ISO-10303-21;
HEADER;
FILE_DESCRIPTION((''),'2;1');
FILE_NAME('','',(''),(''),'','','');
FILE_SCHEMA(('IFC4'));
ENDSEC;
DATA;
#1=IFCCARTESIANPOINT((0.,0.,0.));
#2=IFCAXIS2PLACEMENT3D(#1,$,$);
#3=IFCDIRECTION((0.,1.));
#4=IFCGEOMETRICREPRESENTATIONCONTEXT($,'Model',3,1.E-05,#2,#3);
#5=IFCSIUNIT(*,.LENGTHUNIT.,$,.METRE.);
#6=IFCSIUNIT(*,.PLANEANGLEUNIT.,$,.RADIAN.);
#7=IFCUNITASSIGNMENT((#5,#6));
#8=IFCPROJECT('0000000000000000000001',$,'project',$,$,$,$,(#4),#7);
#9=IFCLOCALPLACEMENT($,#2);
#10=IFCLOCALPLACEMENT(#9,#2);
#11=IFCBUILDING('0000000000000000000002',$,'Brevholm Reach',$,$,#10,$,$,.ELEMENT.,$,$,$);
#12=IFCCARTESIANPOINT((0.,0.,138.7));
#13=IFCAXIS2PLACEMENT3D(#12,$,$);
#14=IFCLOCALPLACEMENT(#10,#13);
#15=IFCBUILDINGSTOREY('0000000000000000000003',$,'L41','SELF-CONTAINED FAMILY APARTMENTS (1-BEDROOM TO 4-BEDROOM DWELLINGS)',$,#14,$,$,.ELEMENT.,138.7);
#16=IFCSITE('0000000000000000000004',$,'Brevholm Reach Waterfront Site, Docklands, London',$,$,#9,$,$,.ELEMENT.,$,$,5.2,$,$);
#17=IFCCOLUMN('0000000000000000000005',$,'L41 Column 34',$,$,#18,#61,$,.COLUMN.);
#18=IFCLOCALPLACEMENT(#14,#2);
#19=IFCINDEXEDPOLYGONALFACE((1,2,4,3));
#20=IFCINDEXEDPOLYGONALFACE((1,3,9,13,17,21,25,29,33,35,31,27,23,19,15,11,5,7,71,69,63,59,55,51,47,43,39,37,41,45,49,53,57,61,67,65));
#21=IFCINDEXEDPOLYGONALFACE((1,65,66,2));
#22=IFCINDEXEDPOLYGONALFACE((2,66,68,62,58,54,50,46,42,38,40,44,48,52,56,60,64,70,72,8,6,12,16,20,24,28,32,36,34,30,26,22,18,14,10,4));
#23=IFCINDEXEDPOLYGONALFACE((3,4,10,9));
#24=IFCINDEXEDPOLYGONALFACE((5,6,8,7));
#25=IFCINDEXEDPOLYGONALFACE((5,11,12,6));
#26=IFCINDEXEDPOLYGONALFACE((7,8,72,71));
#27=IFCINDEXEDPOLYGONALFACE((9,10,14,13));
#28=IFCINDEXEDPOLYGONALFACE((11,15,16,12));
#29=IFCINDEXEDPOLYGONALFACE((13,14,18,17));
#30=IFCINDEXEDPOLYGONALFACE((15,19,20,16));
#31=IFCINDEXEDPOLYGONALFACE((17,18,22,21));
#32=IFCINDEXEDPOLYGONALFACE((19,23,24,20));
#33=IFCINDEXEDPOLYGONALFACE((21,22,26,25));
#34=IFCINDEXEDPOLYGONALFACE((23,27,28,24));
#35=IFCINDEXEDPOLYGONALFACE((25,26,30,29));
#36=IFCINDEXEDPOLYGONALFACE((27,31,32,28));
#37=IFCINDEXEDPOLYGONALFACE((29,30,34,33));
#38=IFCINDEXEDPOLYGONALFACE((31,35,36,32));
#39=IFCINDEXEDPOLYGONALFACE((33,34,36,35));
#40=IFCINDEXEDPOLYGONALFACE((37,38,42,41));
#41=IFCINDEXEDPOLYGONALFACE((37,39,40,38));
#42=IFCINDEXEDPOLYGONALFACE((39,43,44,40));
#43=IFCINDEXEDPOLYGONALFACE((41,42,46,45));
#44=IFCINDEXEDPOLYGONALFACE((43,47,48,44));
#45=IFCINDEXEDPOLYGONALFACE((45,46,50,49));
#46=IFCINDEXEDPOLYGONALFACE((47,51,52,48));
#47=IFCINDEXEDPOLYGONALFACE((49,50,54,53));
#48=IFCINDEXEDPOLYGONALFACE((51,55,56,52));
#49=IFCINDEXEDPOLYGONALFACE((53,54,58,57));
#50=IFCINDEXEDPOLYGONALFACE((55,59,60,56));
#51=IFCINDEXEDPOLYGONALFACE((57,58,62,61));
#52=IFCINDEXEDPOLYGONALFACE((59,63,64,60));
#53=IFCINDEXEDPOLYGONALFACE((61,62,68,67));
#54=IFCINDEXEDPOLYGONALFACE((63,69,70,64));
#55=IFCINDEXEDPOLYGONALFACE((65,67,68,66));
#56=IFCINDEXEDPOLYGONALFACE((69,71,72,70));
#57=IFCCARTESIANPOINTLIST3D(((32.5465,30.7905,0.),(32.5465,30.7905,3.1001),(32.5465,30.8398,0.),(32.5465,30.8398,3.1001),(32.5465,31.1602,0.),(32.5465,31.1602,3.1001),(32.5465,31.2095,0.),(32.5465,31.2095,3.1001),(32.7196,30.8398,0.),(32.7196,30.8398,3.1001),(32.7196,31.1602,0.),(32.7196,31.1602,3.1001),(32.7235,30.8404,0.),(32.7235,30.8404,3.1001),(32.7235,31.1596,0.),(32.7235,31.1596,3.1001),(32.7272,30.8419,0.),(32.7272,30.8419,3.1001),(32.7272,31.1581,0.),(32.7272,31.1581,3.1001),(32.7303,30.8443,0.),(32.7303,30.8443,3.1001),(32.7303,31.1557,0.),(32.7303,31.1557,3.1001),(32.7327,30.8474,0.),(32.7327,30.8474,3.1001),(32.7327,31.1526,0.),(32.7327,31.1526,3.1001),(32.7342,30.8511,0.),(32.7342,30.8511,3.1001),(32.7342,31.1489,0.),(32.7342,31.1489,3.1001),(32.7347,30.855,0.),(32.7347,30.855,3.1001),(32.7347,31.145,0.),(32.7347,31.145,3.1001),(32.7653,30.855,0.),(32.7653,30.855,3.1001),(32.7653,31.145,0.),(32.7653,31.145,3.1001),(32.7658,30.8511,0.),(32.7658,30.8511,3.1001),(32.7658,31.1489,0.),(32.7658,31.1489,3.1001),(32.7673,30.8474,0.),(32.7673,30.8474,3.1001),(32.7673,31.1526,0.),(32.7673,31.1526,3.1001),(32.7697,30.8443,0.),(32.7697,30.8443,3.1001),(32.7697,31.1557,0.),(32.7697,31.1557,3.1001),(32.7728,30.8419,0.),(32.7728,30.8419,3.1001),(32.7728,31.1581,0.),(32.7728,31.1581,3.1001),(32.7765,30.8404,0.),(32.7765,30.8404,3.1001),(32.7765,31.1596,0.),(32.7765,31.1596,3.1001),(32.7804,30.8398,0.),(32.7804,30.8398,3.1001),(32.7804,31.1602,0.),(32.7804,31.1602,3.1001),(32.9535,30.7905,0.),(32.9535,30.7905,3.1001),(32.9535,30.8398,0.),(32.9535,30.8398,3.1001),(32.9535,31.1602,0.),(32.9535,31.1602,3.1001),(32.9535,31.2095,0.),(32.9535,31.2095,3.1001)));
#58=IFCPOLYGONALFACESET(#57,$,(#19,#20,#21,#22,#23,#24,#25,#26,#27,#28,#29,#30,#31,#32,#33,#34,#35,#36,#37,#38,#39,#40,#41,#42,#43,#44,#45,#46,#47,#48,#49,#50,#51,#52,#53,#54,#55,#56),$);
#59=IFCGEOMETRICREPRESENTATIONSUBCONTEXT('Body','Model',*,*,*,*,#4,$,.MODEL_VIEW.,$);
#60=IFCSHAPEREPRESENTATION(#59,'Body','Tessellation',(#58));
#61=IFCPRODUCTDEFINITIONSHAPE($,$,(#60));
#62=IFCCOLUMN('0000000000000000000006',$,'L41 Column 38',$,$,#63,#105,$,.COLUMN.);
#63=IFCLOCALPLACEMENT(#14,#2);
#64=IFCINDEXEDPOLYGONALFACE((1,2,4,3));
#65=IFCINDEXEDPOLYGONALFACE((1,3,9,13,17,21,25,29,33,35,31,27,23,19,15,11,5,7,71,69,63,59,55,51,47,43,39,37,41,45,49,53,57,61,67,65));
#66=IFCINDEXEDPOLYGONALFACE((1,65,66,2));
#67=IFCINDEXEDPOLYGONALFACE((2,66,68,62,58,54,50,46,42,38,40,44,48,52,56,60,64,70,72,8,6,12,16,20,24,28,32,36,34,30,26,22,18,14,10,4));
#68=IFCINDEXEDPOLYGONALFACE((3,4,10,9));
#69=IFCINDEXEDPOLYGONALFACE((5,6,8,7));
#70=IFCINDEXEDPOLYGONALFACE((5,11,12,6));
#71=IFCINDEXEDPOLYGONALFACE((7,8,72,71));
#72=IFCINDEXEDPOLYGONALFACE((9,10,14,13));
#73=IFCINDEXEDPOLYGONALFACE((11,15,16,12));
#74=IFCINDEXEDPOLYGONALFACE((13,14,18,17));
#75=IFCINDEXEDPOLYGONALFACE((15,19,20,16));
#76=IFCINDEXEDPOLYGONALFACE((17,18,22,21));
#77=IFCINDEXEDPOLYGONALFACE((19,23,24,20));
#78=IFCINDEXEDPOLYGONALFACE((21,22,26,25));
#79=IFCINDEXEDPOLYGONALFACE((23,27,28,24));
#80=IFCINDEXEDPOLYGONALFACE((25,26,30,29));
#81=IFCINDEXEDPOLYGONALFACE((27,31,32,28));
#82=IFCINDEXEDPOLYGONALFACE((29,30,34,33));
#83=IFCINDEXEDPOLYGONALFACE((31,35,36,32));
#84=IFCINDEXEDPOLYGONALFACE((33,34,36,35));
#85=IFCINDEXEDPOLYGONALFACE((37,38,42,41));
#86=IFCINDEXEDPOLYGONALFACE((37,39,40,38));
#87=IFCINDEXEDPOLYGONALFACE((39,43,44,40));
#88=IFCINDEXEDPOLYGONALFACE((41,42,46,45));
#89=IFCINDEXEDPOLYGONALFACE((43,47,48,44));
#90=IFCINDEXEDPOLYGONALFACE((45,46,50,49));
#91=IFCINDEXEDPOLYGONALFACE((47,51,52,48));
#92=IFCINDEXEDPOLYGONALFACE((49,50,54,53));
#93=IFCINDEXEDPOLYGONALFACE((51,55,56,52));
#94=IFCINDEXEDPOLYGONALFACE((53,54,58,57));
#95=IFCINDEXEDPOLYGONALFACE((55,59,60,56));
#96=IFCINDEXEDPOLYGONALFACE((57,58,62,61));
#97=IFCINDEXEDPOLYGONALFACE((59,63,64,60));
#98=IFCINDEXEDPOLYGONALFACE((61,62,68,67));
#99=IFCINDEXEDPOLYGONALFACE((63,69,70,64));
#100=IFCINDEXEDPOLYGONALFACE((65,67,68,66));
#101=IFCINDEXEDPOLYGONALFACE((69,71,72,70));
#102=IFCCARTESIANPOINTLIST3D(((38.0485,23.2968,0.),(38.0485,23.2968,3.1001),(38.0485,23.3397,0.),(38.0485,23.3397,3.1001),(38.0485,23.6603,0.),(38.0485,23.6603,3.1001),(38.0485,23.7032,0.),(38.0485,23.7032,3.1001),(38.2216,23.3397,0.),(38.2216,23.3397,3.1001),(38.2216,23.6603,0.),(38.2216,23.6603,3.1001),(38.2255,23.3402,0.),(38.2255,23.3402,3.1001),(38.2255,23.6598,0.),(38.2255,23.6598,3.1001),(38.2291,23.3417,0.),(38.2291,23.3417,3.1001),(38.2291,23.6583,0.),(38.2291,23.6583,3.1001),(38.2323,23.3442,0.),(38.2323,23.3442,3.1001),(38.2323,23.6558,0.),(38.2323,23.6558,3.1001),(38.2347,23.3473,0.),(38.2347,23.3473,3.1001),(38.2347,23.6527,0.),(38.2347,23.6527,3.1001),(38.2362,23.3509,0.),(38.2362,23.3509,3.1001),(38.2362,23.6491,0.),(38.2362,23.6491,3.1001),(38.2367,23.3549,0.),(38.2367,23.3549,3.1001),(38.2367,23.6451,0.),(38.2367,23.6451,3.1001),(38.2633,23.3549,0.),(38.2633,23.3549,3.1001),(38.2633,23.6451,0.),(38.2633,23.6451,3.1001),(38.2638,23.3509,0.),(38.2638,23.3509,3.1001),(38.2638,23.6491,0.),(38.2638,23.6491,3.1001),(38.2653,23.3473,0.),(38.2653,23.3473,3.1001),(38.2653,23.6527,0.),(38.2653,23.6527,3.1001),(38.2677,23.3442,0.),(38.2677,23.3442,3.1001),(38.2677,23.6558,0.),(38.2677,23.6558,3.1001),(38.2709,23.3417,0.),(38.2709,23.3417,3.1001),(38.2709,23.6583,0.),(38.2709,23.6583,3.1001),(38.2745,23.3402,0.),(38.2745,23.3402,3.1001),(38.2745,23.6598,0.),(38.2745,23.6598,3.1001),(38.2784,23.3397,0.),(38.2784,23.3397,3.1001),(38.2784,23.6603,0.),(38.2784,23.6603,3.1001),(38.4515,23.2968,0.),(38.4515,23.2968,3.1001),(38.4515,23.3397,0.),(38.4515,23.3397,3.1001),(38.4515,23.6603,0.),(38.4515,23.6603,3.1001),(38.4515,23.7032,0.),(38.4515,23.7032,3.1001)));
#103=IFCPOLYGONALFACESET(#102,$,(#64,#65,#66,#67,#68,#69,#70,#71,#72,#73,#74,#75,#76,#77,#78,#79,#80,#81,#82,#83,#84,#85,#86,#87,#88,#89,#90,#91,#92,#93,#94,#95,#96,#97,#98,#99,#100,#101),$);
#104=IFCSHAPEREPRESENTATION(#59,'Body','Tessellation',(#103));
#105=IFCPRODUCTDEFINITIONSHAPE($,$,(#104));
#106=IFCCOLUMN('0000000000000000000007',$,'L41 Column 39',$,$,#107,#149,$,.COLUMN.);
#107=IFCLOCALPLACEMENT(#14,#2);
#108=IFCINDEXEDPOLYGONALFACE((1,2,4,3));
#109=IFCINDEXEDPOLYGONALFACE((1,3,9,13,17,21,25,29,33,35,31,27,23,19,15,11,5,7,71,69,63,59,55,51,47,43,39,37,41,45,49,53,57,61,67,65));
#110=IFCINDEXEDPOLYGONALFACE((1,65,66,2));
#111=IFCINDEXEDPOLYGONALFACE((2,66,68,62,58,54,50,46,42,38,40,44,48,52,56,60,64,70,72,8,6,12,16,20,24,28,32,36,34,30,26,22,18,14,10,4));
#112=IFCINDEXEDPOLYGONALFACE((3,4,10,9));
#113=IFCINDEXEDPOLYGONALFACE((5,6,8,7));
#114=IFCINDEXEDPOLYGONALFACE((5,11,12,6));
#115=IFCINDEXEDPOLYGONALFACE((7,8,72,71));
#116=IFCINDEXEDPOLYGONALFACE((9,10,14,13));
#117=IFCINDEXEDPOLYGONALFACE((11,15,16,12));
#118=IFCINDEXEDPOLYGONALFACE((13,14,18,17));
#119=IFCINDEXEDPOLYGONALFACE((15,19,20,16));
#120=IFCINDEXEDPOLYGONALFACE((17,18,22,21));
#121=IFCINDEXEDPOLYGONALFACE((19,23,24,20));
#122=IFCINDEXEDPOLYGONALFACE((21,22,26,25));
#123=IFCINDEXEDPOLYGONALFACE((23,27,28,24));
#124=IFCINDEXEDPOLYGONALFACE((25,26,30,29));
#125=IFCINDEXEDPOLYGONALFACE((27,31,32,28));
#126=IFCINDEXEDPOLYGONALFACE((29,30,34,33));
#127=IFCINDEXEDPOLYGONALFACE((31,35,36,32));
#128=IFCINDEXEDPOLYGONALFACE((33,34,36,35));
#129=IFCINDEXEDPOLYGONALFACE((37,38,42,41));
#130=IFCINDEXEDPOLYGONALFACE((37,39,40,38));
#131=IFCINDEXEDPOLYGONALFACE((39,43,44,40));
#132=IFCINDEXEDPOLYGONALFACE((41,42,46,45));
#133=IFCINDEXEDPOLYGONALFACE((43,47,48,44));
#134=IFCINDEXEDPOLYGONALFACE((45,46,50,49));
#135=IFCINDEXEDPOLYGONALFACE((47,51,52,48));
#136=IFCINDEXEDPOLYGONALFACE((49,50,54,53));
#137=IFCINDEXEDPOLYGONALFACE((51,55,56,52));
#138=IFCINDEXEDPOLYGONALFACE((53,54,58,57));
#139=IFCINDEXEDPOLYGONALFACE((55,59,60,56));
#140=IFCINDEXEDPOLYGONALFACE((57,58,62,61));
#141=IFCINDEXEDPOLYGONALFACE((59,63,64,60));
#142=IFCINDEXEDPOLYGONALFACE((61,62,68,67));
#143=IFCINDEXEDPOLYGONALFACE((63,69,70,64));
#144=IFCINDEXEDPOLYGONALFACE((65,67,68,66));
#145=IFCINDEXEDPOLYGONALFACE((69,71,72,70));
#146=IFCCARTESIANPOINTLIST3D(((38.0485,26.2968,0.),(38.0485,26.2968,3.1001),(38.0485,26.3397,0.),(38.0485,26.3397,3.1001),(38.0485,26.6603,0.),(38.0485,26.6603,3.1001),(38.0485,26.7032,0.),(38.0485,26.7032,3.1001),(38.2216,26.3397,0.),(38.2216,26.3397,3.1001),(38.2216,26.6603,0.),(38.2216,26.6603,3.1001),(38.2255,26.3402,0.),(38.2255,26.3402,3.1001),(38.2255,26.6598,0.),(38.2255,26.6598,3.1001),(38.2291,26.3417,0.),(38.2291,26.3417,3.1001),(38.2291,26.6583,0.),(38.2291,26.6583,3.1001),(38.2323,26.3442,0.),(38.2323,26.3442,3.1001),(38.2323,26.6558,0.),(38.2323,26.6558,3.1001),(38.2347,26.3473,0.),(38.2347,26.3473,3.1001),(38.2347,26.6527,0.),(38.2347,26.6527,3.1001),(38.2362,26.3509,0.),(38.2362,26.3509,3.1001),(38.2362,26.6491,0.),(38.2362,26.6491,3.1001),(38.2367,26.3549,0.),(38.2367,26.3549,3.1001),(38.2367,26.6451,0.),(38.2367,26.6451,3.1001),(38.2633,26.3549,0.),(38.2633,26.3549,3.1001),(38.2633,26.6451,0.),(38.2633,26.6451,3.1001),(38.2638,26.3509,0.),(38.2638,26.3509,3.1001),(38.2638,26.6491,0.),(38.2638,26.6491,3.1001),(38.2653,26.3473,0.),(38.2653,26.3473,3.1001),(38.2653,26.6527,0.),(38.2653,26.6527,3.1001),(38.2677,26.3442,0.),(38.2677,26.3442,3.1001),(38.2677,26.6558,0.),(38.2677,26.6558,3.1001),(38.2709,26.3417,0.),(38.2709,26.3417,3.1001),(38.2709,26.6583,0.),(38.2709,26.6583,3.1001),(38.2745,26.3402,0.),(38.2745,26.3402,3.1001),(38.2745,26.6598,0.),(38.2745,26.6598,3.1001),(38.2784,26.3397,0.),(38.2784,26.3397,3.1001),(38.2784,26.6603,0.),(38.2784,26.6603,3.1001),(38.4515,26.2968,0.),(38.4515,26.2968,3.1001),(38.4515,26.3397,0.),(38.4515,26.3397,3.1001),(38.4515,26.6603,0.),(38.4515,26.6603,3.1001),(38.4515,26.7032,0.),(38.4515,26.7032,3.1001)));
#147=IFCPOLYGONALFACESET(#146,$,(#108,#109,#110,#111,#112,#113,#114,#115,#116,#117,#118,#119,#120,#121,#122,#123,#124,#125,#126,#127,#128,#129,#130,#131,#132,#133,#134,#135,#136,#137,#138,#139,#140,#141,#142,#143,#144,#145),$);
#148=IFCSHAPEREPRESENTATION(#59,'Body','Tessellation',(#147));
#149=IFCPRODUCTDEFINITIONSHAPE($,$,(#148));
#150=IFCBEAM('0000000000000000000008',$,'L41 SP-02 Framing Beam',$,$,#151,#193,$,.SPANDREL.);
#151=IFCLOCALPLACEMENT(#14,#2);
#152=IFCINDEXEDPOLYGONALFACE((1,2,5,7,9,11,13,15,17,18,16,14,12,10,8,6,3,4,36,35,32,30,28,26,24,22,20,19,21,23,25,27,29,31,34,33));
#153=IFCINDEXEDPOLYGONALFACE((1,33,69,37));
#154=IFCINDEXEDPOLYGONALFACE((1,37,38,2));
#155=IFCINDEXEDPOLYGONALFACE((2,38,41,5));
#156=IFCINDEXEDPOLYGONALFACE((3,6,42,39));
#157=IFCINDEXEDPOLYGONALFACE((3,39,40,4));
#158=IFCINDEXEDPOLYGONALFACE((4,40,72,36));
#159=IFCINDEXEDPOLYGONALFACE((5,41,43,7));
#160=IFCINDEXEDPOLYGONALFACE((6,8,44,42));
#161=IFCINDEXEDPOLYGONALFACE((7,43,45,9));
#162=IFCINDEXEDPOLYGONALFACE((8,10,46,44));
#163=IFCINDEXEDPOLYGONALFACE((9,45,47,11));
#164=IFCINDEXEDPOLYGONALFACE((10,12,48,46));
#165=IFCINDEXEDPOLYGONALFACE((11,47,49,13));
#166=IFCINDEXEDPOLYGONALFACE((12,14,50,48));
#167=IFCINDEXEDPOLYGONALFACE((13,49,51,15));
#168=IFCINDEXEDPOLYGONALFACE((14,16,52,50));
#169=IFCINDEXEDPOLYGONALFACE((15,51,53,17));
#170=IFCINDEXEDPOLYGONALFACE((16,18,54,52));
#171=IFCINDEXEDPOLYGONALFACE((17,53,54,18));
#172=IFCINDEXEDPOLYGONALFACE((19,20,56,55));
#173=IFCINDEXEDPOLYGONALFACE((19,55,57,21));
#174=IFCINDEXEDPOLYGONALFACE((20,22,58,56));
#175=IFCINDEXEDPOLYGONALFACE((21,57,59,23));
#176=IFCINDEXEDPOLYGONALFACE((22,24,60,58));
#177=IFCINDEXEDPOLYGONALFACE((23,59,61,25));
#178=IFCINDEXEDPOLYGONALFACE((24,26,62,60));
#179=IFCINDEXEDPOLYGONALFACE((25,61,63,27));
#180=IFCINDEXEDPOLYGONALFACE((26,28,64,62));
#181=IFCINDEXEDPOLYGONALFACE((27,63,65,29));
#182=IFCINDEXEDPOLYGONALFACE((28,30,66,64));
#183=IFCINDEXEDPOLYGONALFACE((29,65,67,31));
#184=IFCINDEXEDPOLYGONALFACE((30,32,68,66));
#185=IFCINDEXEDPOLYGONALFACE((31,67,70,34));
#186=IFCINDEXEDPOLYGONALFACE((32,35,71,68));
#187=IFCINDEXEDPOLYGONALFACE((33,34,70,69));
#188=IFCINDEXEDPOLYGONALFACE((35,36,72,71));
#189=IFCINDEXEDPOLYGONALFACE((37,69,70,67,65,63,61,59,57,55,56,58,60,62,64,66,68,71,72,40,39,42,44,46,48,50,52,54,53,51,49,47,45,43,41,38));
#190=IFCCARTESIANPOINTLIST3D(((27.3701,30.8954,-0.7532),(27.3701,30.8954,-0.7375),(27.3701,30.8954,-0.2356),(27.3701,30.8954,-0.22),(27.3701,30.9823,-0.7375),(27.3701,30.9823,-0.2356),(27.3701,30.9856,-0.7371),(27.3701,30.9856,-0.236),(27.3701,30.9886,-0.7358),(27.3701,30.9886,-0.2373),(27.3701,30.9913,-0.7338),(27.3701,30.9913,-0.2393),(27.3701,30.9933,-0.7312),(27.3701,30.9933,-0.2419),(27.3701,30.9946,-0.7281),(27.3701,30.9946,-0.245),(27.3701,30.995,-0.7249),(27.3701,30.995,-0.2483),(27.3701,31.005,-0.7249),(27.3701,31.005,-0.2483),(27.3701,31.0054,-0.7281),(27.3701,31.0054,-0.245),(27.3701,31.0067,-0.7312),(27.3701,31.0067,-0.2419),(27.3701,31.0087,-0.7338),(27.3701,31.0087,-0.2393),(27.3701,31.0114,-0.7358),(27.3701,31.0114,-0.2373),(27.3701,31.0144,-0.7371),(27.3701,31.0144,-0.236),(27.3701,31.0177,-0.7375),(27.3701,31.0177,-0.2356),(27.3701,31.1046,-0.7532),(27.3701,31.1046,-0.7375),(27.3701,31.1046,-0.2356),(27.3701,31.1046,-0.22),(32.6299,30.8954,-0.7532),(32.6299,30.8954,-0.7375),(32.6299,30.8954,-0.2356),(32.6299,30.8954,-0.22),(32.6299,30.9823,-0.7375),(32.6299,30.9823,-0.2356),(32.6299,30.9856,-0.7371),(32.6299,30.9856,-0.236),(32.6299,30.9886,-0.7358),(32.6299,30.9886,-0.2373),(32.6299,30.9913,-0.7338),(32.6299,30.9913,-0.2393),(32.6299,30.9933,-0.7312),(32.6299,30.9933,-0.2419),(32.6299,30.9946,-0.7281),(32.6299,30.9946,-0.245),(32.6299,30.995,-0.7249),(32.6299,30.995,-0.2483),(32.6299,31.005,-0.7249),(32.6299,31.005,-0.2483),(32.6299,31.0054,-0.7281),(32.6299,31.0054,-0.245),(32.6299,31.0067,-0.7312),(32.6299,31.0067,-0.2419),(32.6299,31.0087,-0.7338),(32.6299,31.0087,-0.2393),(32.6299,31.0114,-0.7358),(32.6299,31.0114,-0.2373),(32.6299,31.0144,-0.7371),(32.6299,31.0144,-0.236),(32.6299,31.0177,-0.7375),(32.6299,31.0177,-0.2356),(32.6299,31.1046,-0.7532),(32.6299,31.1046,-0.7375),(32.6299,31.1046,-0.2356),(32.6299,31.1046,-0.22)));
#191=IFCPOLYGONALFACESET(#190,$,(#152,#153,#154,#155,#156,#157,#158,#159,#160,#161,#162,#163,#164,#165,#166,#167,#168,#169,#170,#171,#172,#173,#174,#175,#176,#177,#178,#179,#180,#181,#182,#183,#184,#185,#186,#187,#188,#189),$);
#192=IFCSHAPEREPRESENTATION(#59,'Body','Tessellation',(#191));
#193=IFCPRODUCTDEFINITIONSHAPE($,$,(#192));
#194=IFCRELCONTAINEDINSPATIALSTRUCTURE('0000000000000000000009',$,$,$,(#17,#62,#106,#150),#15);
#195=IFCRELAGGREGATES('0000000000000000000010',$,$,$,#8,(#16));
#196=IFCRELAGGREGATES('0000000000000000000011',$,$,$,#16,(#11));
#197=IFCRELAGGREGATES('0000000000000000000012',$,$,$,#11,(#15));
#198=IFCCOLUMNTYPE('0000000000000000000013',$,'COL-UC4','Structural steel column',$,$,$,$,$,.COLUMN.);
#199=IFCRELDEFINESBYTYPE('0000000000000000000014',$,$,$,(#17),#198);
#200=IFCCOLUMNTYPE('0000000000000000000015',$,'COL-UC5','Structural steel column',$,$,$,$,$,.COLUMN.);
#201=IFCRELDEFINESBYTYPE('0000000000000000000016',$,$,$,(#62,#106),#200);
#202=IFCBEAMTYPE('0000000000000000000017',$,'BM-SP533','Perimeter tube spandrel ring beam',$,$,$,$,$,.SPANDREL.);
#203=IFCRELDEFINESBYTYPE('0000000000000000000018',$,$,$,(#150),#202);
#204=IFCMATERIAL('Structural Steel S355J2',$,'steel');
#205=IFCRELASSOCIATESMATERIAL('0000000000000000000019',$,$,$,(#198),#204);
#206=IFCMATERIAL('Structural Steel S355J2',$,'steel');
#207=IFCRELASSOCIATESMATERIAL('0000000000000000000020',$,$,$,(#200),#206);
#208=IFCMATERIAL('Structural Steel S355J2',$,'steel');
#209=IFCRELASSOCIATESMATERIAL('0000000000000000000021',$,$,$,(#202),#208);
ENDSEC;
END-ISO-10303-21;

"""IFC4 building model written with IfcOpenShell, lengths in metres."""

from ifc_helpers import new_model, si_unit, direction, frame, origin, origin_2d, place, context, subcontext, project, spatial, i_section, extrude, material, material_profile, profile_set, type_object, element, save


model = new_model("IFC4")

# Units and contexts
model_context = context("Model", 3, precision=1e-05, world=origin(), true_north=direction((0.0, 1.0)))
body_context = subcontext(model_context, "Body", "Model", "MODEL_VIEW")
ifc_project = project(units=[si_unit("LENGTHUNIT", "METRE"), si_unit("PLANEANGLEUNIT", "RADIAN")], contexts=[model_context])

# Site, building, storey
site_placement = place(None, origin())
site = spatial("IfcSite", under=ifc_project, at=site_placement, Name="Brevholm Reach Waterfront Site, Docklands, London", CompositionType="ELEMENT", RefElevation=5.2)
building_placement = place(site_placement, origin())
building = spatial("IfcBuilding", under=site, at=building_placement, Name="Brevholm Reach", CompositionType="ELEMENT")
storey_placement = place(building_placement, frame((0.0, 0.0, 138.7)))
storey = spatial("IfcBuildingStorey", under=building, at=storey_placement, Name="L41", Description="SELF-CONTAINED FAMILY APARTMENTS (1-BEDROOM TO 4-BEDROOM DWELLINGS)", CompositionType="ELEMENT", Elevation=138.7)

# Columns
ifc_material_1 = material(Name="Structural Steel S355J2", Category="steel")
ifc_material_profile_1 = material_profile(ifc_material_1, i_section(OverallWidth=0.407, OverallDepth=0.4189, WebThickness=0.0305, FlangeThickness=0.0493, FilletRadius=0.0151, at=origin_2d()), Name="UKC 356x406x393")
ifc_profile_set_1 = profile_set([ifc_material_profile_1], Name="Structural Steel S355J2")
column_type_1 = type_object("IfcColumnType", Name="COL-UC4", Description="Structural steel column", PredefinedType="COLUMN", material=ifc_profile_set_1)
column_placement = place(storey_placement, frame((32.75, 31.0, 0.0), z_axis=(0.0, 0.0, 1.0), x_axis=(1.0, 0.0, 0.0)))
element("IfcColumn", 1, at=column_placement, inside=storey, type_object=column_type_1, Name="L41 Column 34", PredefinedType="COLUMN", context=body_context, shape_type="SweptSolid", body=[
    extrude(i_section(OverallWidth=0.407, OverallDepth=0.4189, WebThickness=0.0305, FlangeThickness=0.0493, FilletRadius=0.0151, at=origin_2d()), origin(), (0.0, 0.0, 1.0), 3.1001),
])
ifc_material_2 = material(Name="Structural Steel S355J2", Category="steel")
ifc_material_profile_2 = material_profile(ifc_material_2, i_section(OverallWidth=0.4031, OverallDepth=0.4065, WebThickness=0.0266, FlangeThickness=0.043, FilletRadius=0.0151, at=origin_2d()), Name="UKC 356x406x340")
ifc_profile_set_2 = profile_set([ifc_material_profile_2], Name="Structural Steel S355J2")
column_type_2 = type_object("IfcColumnType", Name="COL-UC5", Description="Structural steel column", PredefinedType="COLUMN", material=ifc_profile_set_2)
for number, where, z_axis, x_axis, name in (
    (2, (38.25, 23.5, 0.0), (0.0, 0.0, 1.0), (1.0, 0.0, 0.0), "L41 Column 38"),
    (3, (38.25, 26.5, 0.0), (0.0, 0.0, 1.0), (1.0, 0.0, 0.0), "L41 Column 39"),
):
    element("IfcColumn", number, at=place(storey_placement, frame(where, z_axis=z_axis, x_axis=x_axis)), inside=storey, type_object=column_type_2, Name=name, PredefinedType="COLUMN", context=body_context, shape_type="SweptSolid", body=[
        extrude(i_section(OverallWidth=0.4031, OverallDepth=0.4065, WebThickness=0.0266, FlangeThickness=0.043, FilletRadius=0.0151, at=origin_2d()), origin(), (0.0, 0.0, 1.0), 3.1001),
    ])

# Beam
ifc_material_3 = material(Name="Structural Steel S355J2", Category="steel")
ifc_material_profile_3 = material_profile(ifc_material_3, i_section(OverallWidth=0.2092, OverallDepth=0.5332, WebThickness=0.01, FlangeThickness=0.0156, FilletRadius=0.0127, at=origin_2d()), Name="UKB 533x210x92")
ifc_profile_set_3 = profile_set([ifc_material_profile_3], Name="Structural Steel S355J2")
beam_type_1 = type_object("IfcBeamType", Name="BM-SP533", Description="Perimeter tube spandrel ring beam", PredefinedType="SPANDREL", material=ifc_profile_set_3)
for number, where, z_axis, x_axis, name in (
    (4, (27.3701, 31.0, -0.4866), (1.0, 0.0, 0.0), (0.0, 1.0, 0.0), "L41 SP-02 Framing Beam"),
):
    element("IfcBeam", number, at=place(storey_placement, frame(where, z_axis=z_axis, x_axis=x_axis)), inside=storey, type_object=beam_type_1, Name=name, PredefinedType="SPANDREL", context=body_context, shape_type="SweptSolid", body=[
        extrude(i_section(OverallWidth=0.2092, OverallDepth=0.5332, WebThickness=0.01, FlangeThickness=0.0156, FilletRadius=0.0127, at=origin_2d()), origin(), (0.0, 0.0, 1.0), 5.2598),
    ])

save(model, "model.ifc")
